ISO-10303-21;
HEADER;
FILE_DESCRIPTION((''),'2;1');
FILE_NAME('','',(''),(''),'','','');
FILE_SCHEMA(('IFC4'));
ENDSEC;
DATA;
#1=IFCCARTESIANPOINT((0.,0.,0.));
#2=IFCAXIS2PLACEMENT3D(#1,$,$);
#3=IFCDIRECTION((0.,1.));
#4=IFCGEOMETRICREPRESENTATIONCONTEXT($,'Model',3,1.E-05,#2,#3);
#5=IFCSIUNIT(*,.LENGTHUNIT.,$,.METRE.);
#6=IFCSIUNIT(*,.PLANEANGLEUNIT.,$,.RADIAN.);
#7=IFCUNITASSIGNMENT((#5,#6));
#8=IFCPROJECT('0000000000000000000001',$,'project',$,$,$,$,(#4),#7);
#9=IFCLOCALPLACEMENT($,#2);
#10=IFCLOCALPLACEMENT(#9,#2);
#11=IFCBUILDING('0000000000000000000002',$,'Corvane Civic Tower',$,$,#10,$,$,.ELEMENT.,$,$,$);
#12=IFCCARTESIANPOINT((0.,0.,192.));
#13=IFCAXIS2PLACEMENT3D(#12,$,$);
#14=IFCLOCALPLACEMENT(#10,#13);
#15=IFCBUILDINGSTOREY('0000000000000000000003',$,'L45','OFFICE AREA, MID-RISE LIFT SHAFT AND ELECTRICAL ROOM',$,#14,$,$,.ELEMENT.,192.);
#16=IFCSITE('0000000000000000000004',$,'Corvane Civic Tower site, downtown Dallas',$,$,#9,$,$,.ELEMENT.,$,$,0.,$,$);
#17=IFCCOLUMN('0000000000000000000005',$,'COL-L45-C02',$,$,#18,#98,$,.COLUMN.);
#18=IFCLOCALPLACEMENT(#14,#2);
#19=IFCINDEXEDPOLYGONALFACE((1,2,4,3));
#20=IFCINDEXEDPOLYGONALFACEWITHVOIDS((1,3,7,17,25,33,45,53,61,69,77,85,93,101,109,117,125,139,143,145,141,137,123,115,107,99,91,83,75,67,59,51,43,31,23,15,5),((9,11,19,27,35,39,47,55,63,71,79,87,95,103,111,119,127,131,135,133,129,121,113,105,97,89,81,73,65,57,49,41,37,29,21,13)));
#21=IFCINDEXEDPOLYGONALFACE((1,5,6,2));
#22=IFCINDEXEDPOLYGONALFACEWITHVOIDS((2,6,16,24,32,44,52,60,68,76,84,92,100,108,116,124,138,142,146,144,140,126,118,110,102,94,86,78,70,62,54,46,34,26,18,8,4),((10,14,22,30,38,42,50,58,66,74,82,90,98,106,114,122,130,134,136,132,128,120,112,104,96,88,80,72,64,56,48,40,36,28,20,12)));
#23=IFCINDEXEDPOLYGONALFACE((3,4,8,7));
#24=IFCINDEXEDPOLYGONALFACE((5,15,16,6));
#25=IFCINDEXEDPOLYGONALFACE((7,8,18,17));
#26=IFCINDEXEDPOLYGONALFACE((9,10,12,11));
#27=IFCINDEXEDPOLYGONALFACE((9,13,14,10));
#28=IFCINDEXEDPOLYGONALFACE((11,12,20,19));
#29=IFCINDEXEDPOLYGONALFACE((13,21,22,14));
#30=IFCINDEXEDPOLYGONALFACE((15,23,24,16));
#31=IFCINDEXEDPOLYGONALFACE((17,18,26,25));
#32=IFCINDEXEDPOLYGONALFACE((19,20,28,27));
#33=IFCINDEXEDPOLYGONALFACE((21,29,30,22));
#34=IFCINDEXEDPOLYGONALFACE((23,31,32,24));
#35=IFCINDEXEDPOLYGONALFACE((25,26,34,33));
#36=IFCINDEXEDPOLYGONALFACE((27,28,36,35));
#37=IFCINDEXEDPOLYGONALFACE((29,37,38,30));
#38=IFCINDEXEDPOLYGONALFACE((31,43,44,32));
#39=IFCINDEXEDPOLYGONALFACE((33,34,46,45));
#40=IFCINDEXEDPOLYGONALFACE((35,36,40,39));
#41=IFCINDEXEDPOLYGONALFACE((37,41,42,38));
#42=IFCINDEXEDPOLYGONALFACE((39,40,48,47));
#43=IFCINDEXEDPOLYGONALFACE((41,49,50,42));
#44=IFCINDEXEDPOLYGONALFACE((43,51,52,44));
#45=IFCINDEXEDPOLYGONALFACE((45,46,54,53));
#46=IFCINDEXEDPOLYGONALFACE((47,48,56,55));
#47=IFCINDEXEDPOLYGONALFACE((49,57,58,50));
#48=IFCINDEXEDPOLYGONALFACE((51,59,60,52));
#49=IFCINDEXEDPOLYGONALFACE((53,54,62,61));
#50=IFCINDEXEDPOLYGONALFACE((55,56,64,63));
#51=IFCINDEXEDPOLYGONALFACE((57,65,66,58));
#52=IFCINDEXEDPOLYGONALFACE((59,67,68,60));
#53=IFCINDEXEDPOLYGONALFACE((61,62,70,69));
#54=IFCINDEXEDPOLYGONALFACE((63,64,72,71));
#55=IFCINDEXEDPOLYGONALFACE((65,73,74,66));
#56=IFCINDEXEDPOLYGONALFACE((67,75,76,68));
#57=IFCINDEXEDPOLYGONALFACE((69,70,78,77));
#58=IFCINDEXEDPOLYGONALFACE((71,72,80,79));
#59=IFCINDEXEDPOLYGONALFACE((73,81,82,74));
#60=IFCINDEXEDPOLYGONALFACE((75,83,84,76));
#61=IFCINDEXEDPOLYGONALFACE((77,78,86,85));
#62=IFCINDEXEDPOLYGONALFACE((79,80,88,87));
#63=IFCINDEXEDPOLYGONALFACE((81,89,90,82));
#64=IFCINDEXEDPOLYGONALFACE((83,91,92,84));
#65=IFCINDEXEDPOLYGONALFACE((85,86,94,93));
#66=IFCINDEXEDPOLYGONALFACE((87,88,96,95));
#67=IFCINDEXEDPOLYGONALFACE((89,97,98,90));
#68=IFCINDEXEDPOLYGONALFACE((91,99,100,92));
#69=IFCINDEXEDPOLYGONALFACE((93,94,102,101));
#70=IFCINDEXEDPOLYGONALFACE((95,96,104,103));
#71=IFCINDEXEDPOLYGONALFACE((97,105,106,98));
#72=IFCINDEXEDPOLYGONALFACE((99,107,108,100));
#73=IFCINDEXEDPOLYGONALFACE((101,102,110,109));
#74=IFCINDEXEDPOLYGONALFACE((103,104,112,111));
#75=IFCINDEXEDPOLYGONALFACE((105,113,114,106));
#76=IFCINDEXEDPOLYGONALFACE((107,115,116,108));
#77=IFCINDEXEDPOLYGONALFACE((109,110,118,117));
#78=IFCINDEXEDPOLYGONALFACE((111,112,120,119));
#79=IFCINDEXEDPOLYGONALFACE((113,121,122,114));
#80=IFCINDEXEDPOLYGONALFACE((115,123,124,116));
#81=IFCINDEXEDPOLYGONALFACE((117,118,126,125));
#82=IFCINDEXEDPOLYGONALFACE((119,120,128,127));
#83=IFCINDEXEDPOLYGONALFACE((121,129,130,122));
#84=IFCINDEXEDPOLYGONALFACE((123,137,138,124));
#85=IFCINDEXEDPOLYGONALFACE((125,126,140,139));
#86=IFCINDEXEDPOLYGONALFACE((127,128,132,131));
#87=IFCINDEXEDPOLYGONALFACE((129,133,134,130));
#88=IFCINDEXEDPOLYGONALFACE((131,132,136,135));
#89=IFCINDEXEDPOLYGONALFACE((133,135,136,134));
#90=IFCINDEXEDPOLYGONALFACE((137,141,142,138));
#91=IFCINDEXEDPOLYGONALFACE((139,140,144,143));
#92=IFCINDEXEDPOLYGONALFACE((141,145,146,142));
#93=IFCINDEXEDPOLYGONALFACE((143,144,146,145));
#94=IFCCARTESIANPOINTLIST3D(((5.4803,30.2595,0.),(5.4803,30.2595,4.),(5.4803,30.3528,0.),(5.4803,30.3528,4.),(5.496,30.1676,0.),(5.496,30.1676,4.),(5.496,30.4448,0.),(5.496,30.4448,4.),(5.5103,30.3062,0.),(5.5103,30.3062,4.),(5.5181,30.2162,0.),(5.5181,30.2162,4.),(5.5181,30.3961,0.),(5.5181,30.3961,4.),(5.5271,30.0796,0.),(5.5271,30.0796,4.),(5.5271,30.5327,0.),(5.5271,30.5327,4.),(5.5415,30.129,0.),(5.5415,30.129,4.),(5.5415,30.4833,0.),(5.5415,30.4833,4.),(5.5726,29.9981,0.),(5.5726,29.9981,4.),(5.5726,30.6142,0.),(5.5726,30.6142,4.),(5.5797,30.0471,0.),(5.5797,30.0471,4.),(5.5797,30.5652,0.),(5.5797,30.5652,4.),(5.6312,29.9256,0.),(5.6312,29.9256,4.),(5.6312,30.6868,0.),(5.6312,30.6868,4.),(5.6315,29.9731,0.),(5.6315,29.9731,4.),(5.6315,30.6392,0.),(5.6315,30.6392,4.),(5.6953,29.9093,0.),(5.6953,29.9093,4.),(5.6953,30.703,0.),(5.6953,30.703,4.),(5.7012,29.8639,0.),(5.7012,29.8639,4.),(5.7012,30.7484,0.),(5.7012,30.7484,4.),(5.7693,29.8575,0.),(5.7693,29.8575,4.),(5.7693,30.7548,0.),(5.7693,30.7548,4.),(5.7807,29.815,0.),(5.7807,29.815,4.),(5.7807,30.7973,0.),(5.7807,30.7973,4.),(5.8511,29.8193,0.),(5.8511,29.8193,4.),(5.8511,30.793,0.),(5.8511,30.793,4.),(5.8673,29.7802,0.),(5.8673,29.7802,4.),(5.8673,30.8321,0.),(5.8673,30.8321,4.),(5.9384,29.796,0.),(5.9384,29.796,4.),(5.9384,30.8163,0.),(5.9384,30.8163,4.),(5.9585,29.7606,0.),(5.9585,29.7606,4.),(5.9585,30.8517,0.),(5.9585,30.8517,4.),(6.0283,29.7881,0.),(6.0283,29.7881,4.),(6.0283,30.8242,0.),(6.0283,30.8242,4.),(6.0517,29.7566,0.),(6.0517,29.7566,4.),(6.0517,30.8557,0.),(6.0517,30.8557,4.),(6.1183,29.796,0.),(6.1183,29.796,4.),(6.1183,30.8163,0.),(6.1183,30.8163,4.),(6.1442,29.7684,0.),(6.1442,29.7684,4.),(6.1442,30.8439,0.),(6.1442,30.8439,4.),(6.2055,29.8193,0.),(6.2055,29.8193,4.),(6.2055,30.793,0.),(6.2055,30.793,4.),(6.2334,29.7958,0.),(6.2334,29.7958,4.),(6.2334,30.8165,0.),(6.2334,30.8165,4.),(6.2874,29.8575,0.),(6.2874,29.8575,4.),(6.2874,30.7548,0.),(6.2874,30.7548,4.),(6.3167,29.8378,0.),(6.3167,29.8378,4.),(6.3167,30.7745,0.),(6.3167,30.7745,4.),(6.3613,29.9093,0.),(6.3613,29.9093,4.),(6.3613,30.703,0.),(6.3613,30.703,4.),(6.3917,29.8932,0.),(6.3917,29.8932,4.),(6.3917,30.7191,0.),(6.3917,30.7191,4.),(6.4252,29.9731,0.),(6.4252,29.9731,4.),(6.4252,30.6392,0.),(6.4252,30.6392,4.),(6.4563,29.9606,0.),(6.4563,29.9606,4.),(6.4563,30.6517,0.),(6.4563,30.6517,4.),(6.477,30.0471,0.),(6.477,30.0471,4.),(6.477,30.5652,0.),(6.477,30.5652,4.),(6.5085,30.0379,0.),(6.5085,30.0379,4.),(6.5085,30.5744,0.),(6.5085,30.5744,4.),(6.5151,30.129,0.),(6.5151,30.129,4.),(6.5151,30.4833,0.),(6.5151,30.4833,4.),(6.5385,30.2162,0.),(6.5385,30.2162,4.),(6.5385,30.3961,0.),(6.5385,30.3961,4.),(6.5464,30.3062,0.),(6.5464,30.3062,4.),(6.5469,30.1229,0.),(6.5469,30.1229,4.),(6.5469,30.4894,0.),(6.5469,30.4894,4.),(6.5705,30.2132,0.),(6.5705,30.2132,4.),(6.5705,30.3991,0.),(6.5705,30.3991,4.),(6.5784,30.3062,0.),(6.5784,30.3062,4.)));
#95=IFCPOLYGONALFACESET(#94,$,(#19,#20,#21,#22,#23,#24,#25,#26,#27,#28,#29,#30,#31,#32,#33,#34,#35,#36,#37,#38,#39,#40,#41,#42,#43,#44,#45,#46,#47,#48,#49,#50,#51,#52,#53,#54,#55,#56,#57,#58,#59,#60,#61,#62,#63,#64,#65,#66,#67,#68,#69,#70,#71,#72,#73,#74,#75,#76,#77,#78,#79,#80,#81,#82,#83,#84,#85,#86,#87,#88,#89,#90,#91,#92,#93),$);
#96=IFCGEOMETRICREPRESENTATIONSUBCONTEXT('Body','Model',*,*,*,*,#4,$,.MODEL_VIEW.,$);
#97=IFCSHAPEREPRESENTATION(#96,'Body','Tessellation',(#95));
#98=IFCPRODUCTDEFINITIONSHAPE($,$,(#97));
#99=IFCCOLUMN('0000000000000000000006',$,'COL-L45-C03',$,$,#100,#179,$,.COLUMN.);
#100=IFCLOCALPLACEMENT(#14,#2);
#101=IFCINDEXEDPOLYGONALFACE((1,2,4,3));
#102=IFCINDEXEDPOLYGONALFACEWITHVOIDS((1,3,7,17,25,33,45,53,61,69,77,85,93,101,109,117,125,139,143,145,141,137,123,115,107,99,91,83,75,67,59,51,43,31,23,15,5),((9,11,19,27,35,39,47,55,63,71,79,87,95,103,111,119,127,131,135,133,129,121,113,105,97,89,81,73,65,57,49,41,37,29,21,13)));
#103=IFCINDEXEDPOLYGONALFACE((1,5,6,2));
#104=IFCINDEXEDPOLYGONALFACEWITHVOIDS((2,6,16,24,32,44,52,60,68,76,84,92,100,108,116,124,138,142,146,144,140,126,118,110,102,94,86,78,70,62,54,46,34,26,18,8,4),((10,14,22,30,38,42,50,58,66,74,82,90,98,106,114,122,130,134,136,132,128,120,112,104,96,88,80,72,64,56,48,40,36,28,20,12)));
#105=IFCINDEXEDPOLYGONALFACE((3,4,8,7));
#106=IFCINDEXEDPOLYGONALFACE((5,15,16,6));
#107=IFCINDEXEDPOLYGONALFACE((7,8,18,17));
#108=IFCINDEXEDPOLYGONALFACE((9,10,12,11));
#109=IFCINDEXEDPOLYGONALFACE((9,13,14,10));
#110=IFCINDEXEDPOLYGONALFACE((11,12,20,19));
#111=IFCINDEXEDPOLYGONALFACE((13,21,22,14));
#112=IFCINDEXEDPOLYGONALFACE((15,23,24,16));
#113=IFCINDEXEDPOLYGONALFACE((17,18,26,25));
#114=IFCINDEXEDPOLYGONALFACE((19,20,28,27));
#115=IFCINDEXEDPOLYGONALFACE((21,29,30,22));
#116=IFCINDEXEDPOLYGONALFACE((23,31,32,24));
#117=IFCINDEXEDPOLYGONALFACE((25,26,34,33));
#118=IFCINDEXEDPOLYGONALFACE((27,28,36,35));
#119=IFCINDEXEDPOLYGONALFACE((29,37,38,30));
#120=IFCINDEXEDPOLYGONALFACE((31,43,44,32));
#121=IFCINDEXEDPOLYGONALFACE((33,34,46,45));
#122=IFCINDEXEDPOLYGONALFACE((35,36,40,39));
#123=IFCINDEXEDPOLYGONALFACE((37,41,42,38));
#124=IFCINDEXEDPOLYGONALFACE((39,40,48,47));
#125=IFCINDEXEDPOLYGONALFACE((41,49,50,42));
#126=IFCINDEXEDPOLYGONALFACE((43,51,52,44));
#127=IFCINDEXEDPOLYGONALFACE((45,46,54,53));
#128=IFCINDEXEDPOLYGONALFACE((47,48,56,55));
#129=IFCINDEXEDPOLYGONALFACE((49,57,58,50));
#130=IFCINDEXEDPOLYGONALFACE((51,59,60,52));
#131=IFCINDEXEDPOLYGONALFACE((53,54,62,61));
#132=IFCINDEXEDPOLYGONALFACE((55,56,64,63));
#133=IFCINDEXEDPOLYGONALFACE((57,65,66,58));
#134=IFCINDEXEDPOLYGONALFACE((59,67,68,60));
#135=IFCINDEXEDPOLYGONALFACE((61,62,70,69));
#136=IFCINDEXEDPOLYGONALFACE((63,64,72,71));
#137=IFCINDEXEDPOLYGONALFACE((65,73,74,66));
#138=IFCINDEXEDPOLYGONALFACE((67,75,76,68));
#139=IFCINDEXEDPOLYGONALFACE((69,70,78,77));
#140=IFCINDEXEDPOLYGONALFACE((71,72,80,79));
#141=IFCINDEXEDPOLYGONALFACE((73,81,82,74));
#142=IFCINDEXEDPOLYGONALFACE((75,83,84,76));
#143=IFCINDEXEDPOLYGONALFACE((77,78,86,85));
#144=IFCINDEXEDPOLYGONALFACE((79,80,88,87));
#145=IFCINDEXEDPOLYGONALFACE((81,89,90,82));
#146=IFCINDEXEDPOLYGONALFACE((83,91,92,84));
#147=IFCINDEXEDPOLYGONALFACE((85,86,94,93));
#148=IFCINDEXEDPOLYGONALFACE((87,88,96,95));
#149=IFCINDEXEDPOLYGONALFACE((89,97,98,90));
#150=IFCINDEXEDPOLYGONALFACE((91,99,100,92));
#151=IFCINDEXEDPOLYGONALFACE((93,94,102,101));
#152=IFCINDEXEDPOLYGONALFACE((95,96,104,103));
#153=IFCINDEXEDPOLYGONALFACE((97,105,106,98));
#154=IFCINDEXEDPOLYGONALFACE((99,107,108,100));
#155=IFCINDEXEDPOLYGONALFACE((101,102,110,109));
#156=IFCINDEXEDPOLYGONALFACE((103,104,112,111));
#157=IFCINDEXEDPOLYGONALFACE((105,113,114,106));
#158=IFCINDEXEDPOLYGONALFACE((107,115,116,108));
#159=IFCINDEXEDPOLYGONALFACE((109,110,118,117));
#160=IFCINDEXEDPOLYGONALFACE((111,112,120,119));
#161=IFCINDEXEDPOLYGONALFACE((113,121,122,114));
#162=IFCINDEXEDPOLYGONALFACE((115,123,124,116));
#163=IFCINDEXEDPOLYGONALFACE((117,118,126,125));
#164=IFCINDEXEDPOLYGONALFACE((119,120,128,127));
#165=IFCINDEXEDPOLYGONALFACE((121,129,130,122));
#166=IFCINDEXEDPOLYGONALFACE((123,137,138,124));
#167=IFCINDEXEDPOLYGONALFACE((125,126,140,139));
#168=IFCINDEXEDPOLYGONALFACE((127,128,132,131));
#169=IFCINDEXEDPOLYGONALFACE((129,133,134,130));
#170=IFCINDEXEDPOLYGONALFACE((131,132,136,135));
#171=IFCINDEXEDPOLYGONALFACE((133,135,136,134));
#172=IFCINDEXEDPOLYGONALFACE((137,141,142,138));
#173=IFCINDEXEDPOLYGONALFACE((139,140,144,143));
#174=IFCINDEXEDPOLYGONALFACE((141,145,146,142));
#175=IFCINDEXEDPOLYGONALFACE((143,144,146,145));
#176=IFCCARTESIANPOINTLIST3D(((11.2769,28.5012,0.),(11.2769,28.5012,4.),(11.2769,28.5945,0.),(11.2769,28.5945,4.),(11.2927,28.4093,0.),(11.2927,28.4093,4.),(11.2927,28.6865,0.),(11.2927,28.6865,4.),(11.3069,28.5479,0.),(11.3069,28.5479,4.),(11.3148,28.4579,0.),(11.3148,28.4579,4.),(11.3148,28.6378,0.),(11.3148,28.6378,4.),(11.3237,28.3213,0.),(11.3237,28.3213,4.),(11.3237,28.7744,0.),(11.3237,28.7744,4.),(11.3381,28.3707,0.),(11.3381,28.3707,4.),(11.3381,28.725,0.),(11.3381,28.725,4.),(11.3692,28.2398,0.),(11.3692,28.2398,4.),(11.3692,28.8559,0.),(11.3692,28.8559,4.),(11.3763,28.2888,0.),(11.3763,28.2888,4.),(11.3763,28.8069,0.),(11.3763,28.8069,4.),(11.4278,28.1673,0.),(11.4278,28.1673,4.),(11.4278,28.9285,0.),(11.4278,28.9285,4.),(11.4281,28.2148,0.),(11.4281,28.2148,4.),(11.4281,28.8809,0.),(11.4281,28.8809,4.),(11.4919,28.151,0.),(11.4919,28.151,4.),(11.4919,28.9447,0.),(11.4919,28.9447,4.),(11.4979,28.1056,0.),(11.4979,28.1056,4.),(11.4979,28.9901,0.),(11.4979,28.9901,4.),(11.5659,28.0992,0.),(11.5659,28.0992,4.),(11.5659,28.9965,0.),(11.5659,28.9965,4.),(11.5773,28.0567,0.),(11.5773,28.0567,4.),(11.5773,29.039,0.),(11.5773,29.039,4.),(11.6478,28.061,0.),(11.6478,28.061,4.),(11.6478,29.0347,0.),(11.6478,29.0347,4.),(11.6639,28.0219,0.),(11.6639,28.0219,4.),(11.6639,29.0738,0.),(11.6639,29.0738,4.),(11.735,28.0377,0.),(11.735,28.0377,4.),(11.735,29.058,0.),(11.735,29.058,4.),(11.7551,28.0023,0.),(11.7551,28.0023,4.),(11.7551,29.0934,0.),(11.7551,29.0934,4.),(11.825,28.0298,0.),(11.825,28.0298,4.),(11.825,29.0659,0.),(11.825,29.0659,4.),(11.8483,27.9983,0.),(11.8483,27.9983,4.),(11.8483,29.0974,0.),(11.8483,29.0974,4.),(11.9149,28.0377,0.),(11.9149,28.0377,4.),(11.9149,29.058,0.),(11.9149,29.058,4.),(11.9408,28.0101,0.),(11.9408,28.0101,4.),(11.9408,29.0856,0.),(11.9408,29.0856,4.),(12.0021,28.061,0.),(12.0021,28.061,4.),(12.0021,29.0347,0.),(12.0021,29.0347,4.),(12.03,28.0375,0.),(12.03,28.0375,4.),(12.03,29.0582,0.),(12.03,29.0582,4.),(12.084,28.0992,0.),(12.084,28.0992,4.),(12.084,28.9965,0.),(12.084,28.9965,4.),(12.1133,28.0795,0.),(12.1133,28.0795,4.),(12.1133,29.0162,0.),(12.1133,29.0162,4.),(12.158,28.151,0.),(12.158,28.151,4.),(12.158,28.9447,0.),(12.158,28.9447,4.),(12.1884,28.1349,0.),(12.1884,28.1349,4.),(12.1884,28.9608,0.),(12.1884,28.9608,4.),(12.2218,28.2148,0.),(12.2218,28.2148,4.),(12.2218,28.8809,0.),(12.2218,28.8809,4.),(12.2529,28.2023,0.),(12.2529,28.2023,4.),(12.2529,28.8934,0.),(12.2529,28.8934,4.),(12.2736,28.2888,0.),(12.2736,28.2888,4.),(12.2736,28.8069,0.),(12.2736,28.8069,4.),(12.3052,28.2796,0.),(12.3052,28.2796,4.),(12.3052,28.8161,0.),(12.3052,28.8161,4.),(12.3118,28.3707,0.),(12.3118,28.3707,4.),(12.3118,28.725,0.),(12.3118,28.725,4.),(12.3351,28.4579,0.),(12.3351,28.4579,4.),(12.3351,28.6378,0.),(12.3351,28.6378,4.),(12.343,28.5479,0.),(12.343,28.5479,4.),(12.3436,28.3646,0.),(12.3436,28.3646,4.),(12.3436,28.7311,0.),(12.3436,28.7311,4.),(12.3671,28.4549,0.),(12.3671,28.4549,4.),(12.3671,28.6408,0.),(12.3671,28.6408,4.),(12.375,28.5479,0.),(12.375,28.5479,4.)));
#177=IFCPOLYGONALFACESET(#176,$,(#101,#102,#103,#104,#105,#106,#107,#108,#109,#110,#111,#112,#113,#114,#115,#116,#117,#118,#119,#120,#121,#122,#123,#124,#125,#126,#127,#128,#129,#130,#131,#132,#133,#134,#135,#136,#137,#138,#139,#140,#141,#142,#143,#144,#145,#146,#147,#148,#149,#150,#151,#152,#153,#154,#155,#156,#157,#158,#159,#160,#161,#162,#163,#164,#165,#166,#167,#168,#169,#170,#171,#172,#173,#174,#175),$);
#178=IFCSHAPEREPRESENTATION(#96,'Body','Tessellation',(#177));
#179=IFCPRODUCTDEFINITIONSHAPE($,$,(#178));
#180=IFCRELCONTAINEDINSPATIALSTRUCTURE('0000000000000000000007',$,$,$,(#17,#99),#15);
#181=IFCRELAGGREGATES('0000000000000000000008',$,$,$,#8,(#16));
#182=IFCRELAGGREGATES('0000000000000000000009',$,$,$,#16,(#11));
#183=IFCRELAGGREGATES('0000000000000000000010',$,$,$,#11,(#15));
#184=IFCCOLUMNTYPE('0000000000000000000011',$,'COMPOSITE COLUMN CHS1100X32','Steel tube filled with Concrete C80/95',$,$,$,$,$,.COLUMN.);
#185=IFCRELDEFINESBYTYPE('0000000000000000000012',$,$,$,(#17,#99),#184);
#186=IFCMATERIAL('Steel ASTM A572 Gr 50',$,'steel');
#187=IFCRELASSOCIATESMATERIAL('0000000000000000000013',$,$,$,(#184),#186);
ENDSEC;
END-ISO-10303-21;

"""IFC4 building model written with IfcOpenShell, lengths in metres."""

from ifc_helpers import new_model, si_unit, direction, frame, origin, origin_2d, place, context, subcontext, project, spatial, hollow_circle, extrude, material, material_profile, profile_set, type_object, element, save


model = new_model("IFC4")

# Units and contexts
model_context = context("Model", 3, precision=1e-05, world=origin(), true_north=direction((0.0, 1.0)))
body_context = subcontext(model_context, "Body", "Model", "MODEL_VIEW")
ifc_project = project(units=[si_unit("LENGTHUNIT", "METRE"), si_unit("PLANEANGLEUNIT", "RADIAN")], contexts=[model_context])

# Site, building, storey
site_placement = place(None, origin())
site = spatial("IfcSite", under=ifc_project, at=site_placement, Name="Corvane Civic Tower site, downtown Dallas", CompositionType="ELEMENT", RefElevation=0.0)
building_placement = place(site_placement, origin())
building = spatial("IfcBuilding", under=site, at=building_placement, Name="Corvane Civic Tower", CompositionType="ELEMENT")
storey_placement = place(building_placement, frame((0.0, 0.0, 192.0)))
storey = spatial("IfcBuildingStorey", under=building, at=storey_placement, Name="L45", Description="OFFICE AREA, MID-RISE LIFT SHAFT AND ELECTRICAL ROOM", CompositionType="ELEMENT", Elevation=192.0)

# Columns
ifc_material_1 = material(Name="Steel ASTM A572 Gr 50", Category="steel")
ifc_material_profile_1 = material_profile(ifc_material_1, hollow_circle(Radius=0.55, WallThickness=0.032, at=origin_2d()), Name="CHS1100X32")
ifc_profile_set_1 = profile_set([ifc_material_profile_1], Name="Steel ASTM A572 Gr 50")
column_type = type_object("IfcColumnType", Name="COMPOSITE COLUMN CHS1100X32", Description="Steel tube filled with Concrete C80/95", PredefinedType="COLUMN", material=ifc_profile_set_1)
for number, where, z_axis, x_axis, name in (
    (1, (6.0283, 30.3062, 0.0), (0.0, 0.0, 1.0), (1.0, 0.0, 0.0), "COL-L45-C02"),
    (2, (11.825, 28.5479, 0.0), (0.0, 0.0, 1.0), (1.0, 0.0, 0.0), "COL-L45-C03"),
):
    element("IfcColumn", number, at=place(storey_placement, frame(where, z_axis=z_axis, x_axis=x_axis)), inside=storey, type_object=column_type, Name=name, PredefinedType="COLUMN", context=body_context, shape_type="SweptSolid", body=[
        extrude(hollow_circle(Radius=0.55, WallThickness=0.032, at=origin_2d()), origin(), (0.0, 0.0, 1.0), 4.0),
    ])

save(model, "model.ifc")
